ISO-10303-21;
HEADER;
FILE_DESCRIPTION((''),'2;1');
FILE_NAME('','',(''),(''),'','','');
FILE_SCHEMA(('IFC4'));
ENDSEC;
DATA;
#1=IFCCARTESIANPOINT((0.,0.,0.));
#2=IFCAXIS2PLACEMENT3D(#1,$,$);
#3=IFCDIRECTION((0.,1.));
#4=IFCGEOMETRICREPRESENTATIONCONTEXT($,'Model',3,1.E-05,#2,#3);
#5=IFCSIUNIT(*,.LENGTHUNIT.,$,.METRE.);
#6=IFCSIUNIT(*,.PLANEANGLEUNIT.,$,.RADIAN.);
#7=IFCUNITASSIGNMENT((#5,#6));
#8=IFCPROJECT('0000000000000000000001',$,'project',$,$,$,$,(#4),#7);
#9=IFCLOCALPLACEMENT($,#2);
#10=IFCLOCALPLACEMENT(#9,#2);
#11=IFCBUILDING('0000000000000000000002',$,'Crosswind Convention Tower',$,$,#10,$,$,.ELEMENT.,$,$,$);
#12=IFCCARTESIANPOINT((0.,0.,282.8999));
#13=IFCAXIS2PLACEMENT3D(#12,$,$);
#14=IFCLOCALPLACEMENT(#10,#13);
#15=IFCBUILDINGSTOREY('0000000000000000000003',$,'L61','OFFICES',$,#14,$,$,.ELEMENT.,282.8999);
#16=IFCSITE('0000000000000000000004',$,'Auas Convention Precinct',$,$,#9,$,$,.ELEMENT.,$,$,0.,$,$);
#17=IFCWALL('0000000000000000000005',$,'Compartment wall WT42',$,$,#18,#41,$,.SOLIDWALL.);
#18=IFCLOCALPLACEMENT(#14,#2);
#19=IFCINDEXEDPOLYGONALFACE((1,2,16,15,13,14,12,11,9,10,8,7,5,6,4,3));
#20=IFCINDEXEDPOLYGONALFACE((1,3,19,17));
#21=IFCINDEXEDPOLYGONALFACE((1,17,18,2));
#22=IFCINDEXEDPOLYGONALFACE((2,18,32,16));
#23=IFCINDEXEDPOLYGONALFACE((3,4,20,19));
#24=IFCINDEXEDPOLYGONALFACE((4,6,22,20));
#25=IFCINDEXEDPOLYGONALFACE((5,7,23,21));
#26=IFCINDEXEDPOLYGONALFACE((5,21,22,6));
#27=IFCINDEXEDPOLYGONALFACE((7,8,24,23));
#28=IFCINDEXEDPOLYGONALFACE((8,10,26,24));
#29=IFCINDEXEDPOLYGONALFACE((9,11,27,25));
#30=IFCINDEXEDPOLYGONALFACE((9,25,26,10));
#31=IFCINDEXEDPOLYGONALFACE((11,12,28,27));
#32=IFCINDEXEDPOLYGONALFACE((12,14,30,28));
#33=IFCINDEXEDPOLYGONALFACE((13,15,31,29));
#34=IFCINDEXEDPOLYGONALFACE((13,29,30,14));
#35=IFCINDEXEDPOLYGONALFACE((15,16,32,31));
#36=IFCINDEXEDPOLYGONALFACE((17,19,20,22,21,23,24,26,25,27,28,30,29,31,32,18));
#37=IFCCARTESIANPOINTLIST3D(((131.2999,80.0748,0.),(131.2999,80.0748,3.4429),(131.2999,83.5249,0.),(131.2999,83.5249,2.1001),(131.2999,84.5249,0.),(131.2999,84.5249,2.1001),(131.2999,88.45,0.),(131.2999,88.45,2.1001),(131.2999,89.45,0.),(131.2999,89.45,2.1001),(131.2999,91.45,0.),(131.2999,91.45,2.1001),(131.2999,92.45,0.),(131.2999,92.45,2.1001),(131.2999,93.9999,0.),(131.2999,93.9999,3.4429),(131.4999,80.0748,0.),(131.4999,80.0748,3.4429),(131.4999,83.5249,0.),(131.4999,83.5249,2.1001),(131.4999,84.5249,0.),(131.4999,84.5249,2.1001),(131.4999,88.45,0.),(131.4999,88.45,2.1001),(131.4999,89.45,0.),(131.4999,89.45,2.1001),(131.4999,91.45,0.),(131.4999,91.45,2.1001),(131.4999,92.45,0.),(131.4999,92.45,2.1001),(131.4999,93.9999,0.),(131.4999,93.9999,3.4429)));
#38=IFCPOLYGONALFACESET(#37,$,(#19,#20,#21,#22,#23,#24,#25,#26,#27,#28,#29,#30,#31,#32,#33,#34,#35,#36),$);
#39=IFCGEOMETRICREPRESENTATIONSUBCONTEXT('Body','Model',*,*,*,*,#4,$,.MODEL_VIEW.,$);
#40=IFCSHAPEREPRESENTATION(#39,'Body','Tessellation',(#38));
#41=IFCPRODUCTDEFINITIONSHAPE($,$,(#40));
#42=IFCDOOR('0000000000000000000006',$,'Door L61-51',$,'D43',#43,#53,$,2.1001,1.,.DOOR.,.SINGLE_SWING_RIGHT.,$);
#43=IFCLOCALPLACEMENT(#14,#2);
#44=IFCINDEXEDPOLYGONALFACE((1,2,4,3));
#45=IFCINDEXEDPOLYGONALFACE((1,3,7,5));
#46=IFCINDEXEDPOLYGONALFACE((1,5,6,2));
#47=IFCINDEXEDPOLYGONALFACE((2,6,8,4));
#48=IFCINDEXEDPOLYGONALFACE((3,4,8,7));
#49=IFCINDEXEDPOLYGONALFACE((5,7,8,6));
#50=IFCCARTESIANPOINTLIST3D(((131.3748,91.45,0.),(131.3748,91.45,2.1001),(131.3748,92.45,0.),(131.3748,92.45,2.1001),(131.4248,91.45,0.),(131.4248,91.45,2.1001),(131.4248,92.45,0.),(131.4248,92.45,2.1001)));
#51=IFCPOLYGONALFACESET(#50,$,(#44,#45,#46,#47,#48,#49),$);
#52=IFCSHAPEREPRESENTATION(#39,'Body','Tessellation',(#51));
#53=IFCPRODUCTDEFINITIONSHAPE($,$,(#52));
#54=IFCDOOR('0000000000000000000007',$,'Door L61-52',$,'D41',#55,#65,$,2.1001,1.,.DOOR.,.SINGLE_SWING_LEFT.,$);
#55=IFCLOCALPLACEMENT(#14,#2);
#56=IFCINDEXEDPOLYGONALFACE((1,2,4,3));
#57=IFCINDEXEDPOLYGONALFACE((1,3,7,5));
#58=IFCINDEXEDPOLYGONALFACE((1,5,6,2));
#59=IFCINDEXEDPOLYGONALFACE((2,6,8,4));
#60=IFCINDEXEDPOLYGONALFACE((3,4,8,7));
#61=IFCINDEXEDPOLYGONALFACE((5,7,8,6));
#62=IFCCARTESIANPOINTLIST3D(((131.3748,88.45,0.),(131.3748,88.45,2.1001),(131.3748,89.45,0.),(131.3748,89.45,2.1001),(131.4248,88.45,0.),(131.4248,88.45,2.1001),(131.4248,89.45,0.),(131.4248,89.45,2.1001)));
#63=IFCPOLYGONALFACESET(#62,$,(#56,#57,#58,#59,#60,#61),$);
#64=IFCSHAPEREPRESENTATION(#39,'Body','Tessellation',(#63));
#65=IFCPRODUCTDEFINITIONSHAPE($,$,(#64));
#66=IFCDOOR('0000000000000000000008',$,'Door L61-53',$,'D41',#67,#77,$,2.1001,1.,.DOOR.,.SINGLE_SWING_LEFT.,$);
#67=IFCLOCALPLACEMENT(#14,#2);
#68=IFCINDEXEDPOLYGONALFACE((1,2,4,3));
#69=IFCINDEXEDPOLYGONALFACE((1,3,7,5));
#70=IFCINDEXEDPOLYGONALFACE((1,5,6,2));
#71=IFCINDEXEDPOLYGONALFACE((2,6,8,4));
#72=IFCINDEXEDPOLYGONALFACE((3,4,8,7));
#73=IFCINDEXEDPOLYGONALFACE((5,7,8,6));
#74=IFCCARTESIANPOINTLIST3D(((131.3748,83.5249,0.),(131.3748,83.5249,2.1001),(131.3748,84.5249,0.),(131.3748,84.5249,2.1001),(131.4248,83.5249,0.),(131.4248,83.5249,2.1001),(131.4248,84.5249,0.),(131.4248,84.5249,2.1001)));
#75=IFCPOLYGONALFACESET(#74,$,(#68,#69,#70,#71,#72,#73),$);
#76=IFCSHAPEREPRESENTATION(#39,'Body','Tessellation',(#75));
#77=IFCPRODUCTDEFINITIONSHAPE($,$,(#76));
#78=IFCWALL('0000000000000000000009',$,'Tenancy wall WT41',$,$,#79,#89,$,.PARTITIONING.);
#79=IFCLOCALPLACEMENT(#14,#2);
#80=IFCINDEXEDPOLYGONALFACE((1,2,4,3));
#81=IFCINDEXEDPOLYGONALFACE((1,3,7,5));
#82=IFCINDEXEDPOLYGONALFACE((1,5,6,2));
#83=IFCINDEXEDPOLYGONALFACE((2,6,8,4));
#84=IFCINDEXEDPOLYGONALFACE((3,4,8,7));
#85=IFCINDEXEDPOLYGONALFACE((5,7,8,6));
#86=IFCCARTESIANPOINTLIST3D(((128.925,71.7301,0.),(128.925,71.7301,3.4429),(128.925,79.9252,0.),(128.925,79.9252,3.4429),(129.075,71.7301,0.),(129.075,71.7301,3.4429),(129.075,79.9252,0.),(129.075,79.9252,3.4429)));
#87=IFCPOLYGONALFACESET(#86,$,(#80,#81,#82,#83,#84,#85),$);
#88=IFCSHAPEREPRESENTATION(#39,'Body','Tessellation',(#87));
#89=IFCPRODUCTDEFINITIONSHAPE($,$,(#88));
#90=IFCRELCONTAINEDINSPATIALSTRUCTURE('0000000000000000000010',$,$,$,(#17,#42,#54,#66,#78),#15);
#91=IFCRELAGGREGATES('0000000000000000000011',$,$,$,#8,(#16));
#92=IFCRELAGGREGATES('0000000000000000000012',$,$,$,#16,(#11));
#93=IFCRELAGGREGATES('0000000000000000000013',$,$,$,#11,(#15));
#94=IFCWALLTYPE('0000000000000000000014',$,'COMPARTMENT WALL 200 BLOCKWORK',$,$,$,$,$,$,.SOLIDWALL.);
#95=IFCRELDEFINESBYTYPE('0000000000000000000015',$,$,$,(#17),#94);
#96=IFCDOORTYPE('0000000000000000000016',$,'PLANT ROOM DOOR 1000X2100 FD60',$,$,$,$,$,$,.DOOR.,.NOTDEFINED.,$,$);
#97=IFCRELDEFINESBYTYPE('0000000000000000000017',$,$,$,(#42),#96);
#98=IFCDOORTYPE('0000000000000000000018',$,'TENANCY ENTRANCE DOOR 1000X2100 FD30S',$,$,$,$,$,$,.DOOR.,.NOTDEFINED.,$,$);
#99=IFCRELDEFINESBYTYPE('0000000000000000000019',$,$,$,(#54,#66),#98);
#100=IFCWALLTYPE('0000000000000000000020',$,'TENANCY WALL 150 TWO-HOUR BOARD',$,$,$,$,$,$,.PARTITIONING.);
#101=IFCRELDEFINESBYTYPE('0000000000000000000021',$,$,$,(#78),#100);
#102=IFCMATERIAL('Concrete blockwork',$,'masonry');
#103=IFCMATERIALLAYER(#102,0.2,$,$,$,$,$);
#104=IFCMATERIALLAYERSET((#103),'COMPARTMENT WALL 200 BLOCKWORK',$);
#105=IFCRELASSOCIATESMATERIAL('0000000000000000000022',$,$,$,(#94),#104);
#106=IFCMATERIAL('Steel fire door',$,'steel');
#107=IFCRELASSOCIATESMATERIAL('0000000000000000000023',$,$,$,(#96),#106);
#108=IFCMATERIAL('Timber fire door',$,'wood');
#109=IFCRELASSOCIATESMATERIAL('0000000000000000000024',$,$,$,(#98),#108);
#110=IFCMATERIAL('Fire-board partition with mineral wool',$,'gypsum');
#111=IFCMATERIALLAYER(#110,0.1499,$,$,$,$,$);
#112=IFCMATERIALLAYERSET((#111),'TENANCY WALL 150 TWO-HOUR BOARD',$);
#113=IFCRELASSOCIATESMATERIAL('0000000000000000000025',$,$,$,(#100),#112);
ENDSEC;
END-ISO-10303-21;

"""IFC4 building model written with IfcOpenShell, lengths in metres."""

from ifc_helpers import new_model, si_unit, direction, frame, frame_2d, origin, place, context, subcontext, project, spatial, rectangle, extrude, material, layer, layer_set, type_object, element, fill, save


model = new_model("IFC4")

# Units and contexts
model_context = context("Model", 3, precision=1e-05, world=origin(), true_north=direction((0.0, 1.0)))
body_context = subcontext(model_context, "Body", "Model", "MODEL_VIEW")
ifc_project = project(units=[si_unit("LENGTHUNIT", "METRE"), si_unit("PLANEANGLEUNIT", "RADIAN")], contexts=[model_context])

# Site, building, storey
site_placement = place(None, origin())
site = spatial("IfcSite", under=ifc_project, at=site_placement, Name="Auas Convention Precinct", CompositionType="ELEMENT", RefElevation=0.0)
building_placement = place(site_placement, origin())
building = spatial("IfcBuilding", under=site, at=building_placement, Name="Crosswind Convention Tower", CompositionType="ELEMENT")
storey_placement = place(building_placement, frame((0.0, 0.0, 282.8999)))
storey = spatial("IfcBuildingStorey", under=building, at=storey_placement, Name="L61", Description="OFFICES", CompositionType="ELEMENT", Elevation=282.8999)

# Wall, openings, doors
ifc_material_1 = material(Name="Concrete blockwork", Category="masonry")
ifc_layer_1 = layer(ifc_material_1, 0.2)
ifc_layer_set_1 = layer_set([ifc_layer_1], Name="COMPARTMENT WALL 200 BLOCKWORK")
wall_type_1 = type_object("IfcWallType", Name="COMPARTMENT WALL 200 BLOCKWORK", PredefinedType="SOLIDWALL", material=ifc_layer_set_1)
ifc_material_2 = material(Name="Steel fire door", Category="steel")
door_type_1 = type_object("IfcDoorType", Name="PLANT ROOM DOOR 1000X2100 FD60", OperationType="NOTDEFINED", PredefinedType="DOOR", material=ifc_material_2)
ifc_material_3 = material(Name="Timber fire door", Category="wood")
door_type_2 = type_object("IfcDoorType", Name="TENANCY ENTRANCE DOOR 1000X2100 FD30S", OperationType="NOTDEFINED", PredefinedType="DOOR", material=ifc_material_3)
wall_1_placement = place(storey_placement, frame((131.3999, 80.075, 0.0), z_axis=(0.0, 0.0, 1.0), x_axis=(0.0, 1.0, 0.0)))
wall_1 = element("IfcWall", 1, at=wall_1_placement, inside=storey, type_object=wall_type_1, Name="Compartment wall WT42", PredefinedType="SOLIDWALL", context=body_context, shape_type="SweptSolid", body=[
    extrude(rectangle(XDim=13.925, YDim=0.2, at=frame_2d((6.9624, 0.0))), origin(), (0.0, 0.0, 1.0), 3.4429),
])
opening_1_placement = place(wall_1_placement, frame((11.375, 0.0, 0.0)))
opening_1 = element("IfcOpeningElement", 2, at=opening_1_placement, cuts=wall_1, PredefinedType="OPENING", context=body_context, shape_type="SweptSolid", body=[
    extrude(rectangle(XDim=1.0, YDim=2.1001, at=frame_2d((0.5, 1.05))), frame((0.0, 0.1099, 0.0), z_axis=(0.0, -1.0, 0.0), x_axis=(1.0, 0.0, 0.0)), (0.0, 0.0, 1.0), 0.22),
])
opening_2_placement = place(wall_1_placement, frame((8.375, 0.0, 0.0)))
opening_2 = element("IfcOpeningElement", 3, at=opening_2_placement, cuts=wall_1, PredefinedType="OPENING", context=body_context, shape_type="SweptSolid", body=[
    extrude(rectangle(XDim=1.0, YDim=2.1001, at=frame_2d((0.5, 1.05))), frame((0.0, 0.1099, 0.0), z_axis=(0.0, -1.0, 0.0), x_axis=(1.0, 0.0, 0.0)), (0.0, 0.0, 1.0), 0.22),
])
opening_3_placement = place(wall_1_placement, frame((3.45, 0.0, 0.0)))
opening_3 = element("IfcOpeningElement", 4, at=opening_3_placement, cuts=wall_1, PredefinedType="OPENING", context=body_context, shape_type="SweptSolid", body=[
    extrude(rectangle(XDim=1.0, YDim=2.1001, at=frame_2d((0.5, 1.05))), frame((0.0, 0.1099, 0.0), z_axis=(0.0, -1.0, 0.0), x_axis=(1.0, 0.0, 0.0)), (0.0, 0.0, 1.0), 0.22),
])
door_1_placement = place(opening_1_placement, frame((1.0, 0.0, 0.0), z_axis=(0.0, 0.0, 1.0), x_axis=(-1.0, 0.0, 0.0)))
door_1 = element("IfcDoor", 5, at=door_1_placement, inside=storey, type_object=door_type_1, Name="Door L61-51", ObjectType="D43", OperationType="SINGLE_SWING_RIGHT", OverallHeight=2.1001, OverallWidth=1.0, PredefinedType="DOOR", context=body_context, shape_type="SweptSolid", body=[
    extrude(rectangle(XDim=1.0, YDim=2.1001, at=frame_2d((0.5, 1.05))), frame((0.0, 0.0249, 0.0), z_axis=(0.0, -1.0, 0.0), x_axis=(1.0, 0.0, 0.0)), (0.0, 0.0, 1.0), 0.05),
])
fill(opening_1, door_1)
door_2_placement = place(opening_2_placement, frame((1.0, 0.0, 0.0), z_axis=(0.0, 0.0, 1.0), x_axis=(-1.0, 0.0, 0.0)))
door_2 = element("IfcDoor", 6, at=door_2_placement, inside=storey, type_object=door_type_2, Name="Door L61-52", ObjectType="D41", OperationType="SINGLE_SWING_LEFT", OverallHeight=2.1001, OverallWidth=1.0, PredefinedType="DOOR", context=body_context, shape_type="SweptSolid", body=[
    extrude(rectangle(XDim=1.0, YDim=2.1001, at=frame_2d((0.5, 1.05))), frame((0.0, 0.0249, 0.0), z_axis=(0.0, -1.0, 0.0), x_axis=(1.0, 0.0, 0.0)), (0.0, 0.0, 1.0), 0.05),
])
fill(opening_2, door_2)
door_3_placement = place(opening_3_placement, frame((1.0, 0.0, 0.0), z_axis=(0.0, 0.0, 1.0), x_axis=(-1.0, 0.0, 0.0)))
door_3 = element("IfcDoor", 7, at=door_3_placement, inside=storey, type_object=door_type_2, Name="Door L61-53", ObjectType="D41", OperationType="SINGLE_SWING_LEFT", OverallHeight=2.1001, OverallWidth=1.0, PredefinedType="DOOR", context=body_context, shape_type="SweptSolid", body=[
    extrude(rectangle(XDim=1.0, YDim=2.1001, at=frame_2d((0.5, 1.05))), frame((0.0, 0.0249, 0.0), z_axis=(0.0, -1.0, 0.0), x_axis=(1.0, 0.0, 0.0)), (0.0, 0.0, 1.0), 0.05),
])
fill(opening_3, door_3)

# Wall
ifc_material_4 = material(Name="Fire-board partition with mineral wool", Category="gypsum")
ifc_layer_2 = layer(ifc_material_4, 0.1499)
ifc_layer_set_2 = layer_set([ifc_layer_2], Name="TENANCY WALL 150 TWO-HOUR BOARD")
wall_type_2 = type_object("IfcWallType", Name="TENANCY WALL 150 TWO-HOUR BOARD", PredefinedType="PARTITIONING", material=ifc_layer_set_2)
wall_2_placement = place(storey_placement, frame((129.0, 71.73, 0.0), z_axis=(0.0, 0.0, 1.0), x_axis=(0.0, 1.0, 0.0)))
element("IfcWall", 8, at=wall_2_placement, inside=storey, type_object=wall_type_2, Name="Tenancy wall WT41", PredefinedType="PARTITIONING", context=body_context, shape_type="SweptSolid", body=[
    extrude(rectangle(XDim=8.1951, YDim=0.1499, at=frame_2d((4.0977, 0.0))), origin(), (0.0, 0.0, 1.0), 3.4429),
])

save(model, "model.ifc")
